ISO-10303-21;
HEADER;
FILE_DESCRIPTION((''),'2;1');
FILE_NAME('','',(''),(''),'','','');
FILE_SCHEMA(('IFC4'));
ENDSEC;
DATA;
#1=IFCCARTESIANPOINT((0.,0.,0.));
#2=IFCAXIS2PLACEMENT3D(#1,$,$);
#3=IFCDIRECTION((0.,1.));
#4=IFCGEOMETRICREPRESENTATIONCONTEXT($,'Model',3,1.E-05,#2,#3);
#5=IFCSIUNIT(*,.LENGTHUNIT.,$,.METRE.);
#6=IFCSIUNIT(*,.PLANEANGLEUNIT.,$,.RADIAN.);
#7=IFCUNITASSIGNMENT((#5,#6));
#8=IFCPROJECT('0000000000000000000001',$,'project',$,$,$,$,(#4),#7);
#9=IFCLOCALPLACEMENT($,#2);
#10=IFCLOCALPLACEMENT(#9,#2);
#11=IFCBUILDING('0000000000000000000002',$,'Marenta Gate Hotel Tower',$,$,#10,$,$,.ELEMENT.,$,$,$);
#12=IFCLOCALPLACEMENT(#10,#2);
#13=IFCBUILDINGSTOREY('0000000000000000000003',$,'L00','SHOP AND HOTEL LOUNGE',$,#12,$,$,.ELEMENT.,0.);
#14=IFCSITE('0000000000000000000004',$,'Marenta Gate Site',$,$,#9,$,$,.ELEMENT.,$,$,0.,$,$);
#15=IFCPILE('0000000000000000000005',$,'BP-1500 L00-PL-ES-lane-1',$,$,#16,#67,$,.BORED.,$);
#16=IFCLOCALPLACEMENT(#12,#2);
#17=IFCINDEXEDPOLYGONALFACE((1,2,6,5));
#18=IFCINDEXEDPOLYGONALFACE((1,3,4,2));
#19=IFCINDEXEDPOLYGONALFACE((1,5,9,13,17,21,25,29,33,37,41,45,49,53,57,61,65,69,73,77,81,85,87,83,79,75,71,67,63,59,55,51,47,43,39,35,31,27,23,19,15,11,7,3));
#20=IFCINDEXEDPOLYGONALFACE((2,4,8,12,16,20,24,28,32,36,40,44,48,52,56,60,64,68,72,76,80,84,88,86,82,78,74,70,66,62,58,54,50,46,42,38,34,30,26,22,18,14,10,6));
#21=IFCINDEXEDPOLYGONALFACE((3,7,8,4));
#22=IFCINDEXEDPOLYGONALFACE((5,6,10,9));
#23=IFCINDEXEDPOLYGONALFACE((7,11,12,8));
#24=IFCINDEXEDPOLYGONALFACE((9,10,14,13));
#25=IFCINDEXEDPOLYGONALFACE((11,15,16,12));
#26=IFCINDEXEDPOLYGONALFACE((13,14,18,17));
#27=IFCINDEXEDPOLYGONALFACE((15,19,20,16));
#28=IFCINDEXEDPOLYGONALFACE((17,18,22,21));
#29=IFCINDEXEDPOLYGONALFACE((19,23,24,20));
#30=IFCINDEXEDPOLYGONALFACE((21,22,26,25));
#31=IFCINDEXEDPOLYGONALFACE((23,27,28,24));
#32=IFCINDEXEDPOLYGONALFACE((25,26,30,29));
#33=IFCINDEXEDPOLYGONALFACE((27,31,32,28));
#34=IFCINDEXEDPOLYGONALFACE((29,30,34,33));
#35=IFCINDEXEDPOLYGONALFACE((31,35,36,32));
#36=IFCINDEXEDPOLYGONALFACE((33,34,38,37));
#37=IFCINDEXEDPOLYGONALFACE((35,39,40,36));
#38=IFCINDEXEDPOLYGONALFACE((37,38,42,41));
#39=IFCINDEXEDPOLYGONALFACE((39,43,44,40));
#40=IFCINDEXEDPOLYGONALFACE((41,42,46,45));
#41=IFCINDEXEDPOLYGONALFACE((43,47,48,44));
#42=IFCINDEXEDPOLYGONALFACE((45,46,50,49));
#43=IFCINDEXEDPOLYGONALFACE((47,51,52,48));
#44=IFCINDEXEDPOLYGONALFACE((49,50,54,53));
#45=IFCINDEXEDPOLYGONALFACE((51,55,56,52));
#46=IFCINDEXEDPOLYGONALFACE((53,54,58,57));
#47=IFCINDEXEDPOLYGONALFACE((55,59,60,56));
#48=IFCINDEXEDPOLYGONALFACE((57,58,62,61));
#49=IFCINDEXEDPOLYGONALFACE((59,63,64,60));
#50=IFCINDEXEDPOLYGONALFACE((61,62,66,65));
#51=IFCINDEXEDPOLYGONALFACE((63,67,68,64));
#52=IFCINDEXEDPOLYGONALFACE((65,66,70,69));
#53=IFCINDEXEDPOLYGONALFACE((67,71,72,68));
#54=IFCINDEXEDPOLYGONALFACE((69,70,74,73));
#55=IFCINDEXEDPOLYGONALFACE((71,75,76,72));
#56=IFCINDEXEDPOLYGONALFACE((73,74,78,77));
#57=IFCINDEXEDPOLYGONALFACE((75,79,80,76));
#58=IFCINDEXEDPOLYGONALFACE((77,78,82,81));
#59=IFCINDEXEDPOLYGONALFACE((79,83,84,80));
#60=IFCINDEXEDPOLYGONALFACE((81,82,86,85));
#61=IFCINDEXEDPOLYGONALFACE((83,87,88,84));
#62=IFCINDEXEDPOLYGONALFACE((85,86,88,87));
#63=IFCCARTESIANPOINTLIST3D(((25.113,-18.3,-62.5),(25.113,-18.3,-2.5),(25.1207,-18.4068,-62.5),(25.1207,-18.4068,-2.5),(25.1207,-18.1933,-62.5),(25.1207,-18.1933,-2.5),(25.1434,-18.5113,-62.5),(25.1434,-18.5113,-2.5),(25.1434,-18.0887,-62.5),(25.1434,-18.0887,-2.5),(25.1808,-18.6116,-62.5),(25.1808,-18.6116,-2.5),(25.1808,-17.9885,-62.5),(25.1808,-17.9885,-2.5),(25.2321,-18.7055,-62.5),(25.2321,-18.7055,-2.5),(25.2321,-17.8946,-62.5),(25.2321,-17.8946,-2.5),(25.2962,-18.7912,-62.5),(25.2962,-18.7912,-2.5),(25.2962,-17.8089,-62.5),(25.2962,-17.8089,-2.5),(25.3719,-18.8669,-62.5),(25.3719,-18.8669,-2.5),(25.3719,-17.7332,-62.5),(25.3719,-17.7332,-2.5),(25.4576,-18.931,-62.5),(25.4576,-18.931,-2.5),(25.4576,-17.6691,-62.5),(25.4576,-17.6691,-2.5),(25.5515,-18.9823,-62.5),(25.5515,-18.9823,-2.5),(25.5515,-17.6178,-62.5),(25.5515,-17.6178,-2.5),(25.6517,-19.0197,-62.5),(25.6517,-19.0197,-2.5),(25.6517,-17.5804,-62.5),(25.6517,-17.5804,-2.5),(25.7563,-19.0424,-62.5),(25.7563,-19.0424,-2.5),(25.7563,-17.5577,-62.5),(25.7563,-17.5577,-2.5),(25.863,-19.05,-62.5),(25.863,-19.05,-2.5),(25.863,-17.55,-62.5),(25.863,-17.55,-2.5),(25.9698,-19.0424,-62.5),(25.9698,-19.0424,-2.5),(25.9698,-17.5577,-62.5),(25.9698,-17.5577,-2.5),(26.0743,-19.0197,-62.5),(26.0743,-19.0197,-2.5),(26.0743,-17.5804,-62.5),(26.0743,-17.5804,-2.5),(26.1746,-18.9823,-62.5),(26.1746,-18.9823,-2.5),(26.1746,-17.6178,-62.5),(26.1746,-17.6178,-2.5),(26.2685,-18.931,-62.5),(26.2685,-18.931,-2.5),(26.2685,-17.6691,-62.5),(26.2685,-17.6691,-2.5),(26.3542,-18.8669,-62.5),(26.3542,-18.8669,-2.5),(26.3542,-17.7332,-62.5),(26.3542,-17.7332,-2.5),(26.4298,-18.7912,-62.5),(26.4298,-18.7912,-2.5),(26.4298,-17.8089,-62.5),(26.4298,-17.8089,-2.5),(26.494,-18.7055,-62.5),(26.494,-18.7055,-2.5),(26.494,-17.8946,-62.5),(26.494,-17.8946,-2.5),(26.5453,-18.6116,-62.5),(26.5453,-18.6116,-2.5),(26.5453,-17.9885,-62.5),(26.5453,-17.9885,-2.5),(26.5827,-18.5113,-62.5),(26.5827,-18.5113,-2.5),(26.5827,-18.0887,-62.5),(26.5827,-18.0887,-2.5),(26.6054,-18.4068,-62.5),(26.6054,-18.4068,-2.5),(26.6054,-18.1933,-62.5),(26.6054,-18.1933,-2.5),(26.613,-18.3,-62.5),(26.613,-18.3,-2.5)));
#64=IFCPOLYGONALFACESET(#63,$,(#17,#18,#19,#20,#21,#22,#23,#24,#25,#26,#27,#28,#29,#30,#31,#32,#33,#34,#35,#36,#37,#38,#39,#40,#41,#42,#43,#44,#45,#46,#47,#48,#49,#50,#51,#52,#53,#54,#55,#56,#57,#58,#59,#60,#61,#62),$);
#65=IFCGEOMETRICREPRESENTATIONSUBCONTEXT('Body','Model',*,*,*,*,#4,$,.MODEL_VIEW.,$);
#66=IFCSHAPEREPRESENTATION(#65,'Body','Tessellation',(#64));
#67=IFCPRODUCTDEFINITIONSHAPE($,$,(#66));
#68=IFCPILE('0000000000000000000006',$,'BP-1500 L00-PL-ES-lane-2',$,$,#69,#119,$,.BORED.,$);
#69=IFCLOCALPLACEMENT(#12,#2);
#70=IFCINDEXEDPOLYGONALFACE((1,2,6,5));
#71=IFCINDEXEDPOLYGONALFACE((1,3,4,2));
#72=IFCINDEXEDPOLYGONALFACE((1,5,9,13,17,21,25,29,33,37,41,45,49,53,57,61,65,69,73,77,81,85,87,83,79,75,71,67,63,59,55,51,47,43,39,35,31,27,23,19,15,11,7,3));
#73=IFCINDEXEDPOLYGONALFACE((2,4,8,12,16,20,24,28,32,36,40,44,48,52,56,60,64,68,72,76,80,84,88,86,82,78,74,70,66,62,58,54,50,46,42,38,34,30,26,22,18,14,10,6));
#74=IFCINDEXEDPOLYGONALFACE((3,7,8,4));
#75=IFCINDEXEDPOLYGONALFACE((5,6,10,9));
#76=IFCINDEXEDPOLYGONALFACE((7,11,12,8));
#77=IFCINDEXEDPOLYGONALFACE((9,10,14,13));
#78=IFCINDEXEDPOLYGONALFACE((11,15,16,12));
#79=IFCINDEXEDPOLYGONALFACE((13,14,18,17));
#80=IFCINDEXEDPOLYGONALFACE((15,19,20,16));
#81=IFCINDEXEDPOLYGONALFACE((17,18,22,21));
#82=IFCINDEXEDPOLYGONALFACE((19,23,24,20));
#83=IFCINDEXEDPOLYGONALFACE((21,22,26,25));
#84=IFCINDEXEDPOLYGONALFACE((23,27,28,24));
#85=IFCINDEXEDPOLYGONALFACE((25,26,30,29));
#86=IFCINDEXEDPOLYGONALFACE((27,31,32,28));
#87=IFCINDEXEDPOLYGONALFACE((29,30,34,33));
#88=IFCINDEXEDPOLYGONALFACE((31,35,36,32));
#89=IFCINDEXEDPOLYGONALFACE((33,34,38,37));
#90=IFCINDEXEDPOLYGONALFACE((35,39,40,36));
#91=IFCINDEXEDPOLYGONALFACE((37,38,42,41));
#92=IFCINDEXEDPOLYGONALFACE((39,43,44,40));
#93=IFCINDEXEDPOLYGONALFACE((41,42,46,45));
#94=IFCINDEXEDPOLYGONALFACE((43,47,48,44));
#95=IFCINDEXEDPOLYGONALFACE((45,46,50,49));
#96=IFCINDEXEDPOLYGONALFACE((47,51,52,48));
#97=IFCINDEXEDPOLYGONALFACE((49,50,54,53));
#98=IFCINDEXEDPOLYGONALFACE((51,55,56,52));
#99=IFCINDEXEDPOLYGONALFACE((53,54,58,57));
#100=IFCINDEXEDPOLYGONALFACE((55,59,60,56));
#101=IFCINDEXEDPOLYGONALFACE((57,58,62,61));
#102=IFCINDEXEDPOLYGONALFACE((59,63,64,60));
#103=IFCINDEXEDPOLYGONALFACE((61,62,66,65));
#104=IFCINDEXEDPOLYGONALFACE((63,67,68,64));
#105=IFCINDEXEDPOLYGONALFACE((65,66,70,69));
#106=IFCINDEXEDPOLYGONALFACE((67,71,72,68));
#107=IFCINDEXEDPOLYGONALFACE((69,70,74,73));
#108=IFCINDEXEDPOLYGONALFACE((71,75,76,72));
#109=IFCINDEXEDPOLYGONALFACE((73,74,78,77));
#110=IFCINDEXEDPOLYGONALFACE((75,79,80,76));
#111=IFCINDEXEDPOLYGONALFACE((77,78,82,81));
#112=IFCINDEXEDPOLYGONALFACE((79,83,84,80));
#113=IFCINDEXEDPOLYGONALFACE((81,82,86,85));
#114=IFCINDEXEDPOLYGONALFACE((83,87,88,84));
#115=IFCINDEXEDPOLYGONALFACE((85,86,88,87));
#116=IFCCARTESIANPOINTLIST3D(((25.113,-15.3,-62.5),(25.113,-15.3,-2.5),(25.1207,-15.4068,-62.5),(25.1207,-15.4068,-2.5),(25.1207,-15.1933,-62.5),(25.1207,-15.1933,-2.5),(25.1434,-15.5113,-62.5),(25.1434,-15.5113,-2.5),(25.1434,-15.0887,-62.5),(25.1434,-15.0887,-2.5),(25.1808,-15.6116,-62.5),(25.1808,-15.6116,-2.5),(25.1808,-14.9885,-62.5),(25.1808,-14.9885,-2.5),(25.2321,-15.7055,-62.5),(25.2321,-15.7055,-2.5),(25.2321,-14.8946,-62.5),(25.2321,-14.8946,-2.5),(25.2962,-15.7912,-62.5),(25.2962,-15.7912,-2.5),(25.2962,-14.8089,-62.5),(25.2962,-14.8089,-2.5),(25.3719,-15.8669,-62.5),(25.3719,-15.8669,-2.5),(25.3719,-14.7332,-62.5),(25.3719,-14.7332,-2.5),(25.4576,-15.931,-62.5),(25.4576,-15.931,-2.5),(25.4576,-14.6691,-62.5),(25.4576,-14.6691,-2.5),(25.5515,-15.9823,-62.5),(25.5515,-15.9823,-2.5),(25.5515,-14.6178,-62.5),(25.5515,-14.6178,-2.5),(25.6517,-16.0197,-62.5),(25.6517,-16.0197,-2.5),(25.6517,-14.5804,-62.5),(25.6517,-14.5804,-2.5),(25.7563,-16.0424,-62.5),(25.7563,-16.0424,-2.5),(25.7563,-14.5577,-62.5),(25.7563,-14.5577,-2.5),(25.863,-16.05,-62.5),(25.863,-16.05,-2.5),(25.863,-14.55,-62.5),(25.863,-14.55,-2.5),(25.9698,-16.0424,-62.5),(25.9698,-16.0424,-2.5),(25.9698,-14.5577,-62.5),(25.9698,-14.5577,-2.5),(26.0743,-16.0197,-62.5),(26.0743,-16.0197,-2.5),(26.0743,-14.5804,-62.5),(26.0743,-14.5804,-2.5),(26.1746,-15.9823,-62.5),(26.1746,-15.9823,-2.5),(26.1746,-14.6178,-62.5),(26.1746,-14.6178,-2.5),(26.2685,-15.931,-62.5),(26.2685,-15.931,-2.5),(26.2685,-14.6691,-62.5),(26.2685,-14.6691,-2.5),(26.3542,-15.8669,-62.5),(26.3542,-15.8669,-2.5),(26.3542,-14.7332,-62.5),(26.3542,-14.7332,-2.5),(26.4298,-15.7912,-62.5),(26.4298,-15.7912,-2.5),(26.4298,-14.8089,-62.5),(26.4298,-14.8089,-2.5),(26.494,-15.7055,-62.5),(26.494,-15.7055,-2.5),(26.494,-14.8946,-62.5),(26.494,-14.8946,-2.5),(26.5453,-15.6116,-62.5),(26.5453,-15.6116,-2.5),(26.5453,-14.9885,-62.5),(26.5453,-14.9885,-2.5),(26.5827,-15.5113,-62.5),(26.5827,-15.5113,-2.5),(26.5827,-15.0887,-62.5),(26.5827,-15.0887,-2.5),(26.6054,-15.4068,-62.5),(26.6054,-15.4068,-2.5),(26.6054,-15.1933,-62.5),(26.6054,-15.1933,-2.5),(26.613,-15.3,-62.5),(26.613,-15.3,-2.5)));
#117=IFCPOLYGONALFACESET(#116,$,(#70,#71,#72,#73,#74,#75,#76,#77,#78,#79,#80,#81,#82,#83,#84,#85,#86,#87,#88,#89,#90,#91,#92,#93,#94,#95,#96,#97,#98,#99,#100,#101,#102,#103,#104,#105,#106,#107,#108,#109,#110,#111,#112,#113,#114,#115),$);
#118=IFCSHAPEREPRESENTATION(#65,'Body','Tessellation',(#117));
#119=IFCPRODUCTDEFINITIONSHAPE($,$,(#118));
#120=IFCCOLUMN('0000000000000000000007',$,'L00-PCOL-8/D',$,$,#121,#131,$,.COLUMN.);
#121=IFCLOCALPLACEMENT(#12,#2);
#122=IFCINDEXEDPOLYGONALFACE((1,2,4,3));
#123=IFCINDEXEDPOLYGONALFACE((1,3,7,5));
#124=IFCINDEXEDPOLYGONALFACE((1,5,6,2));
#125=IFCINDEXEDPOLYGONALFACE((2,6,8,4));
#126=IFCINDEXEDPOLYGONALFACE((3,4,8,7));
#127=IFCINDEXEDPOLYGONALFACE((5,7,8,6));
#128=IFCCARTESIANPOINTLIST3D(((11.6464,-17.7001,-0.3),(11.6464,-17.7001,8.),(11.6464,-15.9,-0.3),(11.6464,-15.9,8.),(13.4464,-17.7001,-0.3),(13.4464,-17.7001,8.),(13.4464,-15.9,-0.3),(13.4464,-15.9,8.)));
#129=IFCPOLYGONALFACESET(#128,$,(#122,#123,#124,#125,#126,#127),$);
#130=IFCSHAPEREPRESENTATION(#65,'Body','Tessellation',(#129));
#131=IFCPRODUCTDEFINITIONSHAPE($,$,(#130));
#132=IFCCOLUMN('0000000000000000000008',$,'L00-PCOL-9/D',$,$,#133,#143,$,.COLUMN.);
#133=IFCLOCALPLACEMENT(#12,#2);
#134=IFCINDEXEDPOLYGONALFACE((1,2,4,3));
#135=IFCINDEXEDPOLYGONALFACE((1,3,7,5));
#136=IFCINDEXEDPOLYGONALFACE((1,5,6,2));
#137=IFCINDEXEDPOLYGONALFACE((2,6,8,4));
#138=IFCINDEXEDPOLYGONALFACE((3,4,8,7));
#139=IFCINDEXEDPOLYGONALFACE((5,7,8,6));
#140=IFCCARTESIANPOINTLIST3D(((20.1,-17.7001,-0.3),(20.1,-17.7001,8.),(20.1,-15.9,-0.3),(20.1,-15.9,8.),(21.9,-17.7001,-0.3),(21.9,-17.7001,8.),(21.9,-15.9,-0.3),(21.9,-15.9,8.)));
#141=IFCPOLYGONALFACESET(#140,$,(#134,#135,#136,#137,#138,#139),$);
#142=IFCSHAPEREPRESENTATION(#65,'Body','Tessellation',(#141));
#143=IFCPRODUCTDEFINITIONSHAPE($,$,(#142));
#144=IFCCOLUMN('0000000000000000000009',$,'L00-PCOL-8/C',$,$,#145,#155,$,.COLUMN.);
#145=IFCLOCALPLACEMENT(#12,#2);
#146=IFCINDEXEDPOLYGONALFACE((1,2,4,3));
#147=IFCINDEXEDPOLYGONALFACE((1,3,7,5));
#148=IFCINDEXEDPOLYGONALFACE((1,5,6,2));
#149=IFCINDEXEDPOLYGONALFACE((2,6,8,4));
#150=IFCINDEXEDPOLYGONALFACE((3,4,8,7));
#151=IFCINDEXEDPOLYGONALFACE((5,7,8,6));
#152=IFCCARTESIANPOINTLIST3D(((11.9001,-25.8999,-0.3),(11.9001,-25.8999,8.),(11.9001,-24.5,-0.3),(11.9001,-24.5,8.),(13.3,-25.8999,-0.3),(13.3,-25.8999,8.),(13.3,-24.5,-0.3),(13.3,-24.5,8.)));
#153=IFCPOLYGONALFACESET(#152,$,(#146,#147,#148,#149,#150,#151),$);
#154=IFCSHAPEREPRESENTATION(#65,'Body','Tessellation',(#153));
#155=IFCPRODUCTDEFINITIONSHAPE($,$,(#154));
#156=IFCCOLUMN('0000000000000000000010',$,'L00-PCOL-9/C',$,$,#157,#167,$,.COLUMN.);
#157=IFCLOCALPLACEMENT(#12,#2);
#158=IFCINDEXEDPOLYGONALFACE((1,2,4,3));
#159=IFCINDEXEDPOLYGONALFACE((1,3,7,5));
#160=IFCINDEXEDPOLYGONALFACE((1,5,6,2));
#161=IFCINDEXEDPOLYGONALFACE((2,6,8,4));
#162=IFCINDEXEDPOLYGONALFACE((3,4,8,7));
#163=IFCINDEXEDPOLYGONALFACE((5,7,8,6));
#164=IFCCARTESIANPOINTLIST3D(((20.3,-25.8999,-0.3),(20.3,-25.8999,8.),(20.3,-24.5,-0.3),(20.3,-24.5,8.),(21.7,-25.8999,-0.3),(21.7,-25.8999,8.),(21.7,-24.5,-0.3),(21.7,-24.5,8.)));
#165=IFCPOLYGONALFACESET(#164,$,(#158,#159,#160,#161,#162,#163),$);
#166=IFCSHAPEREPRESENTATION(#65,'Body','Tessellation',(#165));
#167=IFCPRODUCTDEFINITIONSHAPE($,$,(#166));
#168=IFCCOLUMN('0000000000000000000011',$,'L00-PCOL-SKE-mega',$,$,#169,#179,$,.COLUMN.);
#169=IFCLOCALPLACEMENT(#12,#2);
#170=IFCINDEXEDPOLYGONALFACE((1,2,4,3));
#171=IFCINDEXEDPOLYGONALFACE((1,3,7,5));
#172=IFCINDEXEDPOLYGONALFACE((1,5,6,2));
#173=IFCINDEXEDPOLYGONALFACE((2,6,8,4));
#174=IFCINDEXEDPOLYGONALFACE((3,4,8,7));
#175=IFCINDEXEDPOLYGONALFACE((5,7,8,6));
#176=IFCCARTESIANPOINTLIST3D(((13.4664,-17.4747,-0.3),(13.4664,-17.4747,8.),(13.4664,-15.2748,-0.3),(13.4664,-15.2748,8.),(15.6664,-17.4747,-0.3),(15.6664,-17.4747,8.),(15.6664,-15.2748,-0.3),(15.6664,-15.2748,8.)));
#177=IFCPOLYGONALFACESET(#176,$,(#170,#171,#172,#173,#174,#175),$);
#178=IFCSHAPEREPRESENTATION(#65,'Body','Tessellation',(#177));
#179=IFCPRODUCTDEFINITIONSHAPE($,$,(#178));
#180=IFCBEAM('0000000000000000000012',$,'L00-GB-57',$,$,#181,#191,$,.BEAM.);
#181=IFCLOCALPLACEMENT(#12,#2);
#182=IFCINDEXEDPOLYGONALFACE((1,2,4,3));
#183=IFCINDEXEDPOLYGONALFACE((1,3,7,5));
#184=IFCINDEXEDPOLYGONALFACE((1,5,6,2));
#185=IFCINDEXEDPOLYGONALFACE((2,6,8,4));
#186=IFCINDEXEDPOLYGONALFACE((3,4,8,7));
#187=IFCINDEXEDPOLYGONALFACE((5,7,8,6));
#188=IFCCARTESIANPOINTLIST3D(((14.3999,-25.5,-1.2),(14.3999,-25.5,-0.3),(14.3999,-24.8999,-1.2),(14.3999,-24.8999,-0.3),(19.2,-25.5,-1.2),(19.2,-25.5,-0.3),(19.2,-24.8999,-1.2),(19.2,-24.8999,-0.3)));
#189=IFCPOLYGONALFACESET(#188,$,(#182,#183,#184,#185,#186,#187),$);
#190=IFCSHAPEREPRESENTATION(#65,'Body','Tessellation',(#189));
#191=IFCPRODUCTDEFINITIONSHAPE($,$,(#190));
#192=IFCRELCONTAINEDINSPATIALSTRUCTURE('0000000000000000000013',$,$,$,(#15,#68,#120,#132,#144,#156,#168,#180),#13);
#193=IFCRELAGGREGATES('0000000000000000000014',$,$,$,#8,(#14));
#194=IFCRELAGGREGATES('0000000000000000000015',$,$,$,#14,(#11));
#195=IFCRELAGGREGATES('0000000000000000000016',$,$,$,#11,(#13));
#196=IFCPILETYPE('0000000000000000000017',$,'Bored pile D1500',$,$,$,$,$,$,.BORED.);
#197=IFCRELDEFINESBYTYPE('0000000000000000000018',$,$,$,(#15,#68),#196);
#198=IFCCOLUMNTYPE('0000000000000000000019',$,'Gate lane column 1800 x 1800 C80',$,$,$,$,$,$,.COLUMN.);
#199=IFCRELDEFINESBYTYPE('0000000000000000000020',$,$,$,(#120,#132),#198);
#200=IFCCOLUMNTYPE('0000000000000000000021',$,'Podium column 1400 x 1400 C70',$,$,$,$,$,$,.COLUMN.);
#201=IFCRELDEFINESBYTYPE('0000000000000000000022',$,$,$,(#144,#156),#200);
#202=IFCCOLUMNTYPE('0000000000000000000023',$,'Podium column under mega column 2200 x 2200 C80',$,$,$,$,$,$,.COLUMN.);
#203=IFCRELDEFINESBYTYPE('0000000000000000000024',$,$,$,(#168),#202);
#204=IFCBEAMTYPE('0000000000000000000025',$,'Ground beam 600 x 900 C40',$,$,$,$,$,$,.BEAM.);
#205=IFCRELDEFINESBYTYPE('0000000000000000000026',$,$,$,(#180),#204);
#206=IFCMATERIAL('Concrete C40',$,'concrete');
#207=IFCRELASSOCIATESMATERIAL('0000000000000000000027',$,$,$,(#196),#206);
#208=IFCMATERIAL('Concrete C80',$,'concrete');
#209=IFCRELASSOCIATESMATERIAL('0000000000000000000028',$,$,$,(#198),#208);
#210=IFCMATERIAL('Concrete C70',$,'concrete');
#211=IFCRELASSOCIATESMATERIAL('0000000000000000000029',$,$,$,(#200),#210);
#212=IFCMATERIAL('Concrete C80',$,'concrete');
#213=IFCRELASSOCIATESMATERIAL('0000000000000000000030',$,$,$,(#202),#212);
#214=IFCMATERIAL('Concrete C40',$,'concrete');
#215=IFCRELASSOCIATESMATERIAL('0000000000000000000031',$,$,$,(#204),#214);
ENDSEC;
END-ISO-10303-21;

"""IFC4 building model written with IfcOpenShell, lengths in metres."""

from ifc_helpers import new_model, si_unit, direction, frame, origin, origin_2d, place, context, subcontext, project, spatial, rectangle, circle, extrude, material, material_profile, profile_set, type_object, element, save


model = new_model("IFC4")

# Units and contexts
model_context = context("Model", 3, precision=1e-05, world=origin(), true_north=direction((0.0, 1.0)))
body_context = subcontext(model_context, "Body", "Model", "MODEL_VIEW")
ifc_project = project(units=[si_unit("LENGTHUNIT", "METRE"), si_unit("PLANEANGLEUNIT", "RADIAN")], contexts=[model_context])

# Site, building, storey
site_placement = place(None, origin())
site = spatial("IfcSite", under=ifc_project, at=site_placement, Name="Marenta Gate Site", CompositionType="ELEMENT", RefElevation=0.0)
building_placement = place(site_placement, origin())
building = spatial("IfcBuilding", under=site, at=building_placement, Name="Marenta Gate Hotel Tower", CompositionType="ELEMENT")
storey_placement = place(building_placement, origin())
storey = spatial("IfcBuildingStorey", under=building, at=storey_placement, Name="L00", Description="SHOP AND HOTEL LOUNGE", CompositionType="ELEMENT", Elevation=0.0)

# Piles
ifc_material_1 = material(Name="Concrete C40", Category="concrete")
pile_type = type_object("IfcPileType", Name="Bored pile D1500", PredefinedType="BORED", material=ifc_material_1)
for number, where, z_axis, x_axis, name in (
    (1, (25.863, -18.3, -2.5), (0.0, 0.0, -1.0), (1.0, 0.0, 0.0), "BP-1500 L00-PL-ES-lane-1"),
    (2, (25.863, -15.3, -2.5), (0.0, 0.0, -1.0), (1.0, 0.0, 0.0), "BP-1500 L00-PL-ES-lane-2"),
):
    element("IfcPile", number, at=place(storey_placement, frame(where, z_axis=z_axis, x_axis=x_axis)), inside=storey, type_object=pile_type, Name=name, PredefinedType="BORED", context=body_context, shape_type="SweptSolid", body=[
        extrude(circle(Radius=0.75, at=origin_2d()), origin(), (0.0, 0.0, 1.0), 60.0),
    ])

# Columns
ifc_material_2 = material(Name="Concrete C80", Category="concrete")
ifc_material_profile_1 = material_profile(ifc_material_2, rectangle(XDim=1.8, YDim=1.8, at=origin_2d()), Name="1800 x 1800")
ifc_profile_set_1 = profile_set([ifc_material_profile_1], Name="Concrete C80")
column_type_1 = type_object("IfcColumnType", Name="Gate lane column 1800 x 1800 C80", PredefinedType="COLUMN", material=ifc_profile_set_1)
for number, where, z_axis, x_axis, name in (
    (3, (12.5464, -16.8, -0.3), (0.0, 0.0, 1.0), (1.0, 0.0, 0.0), "L00-PCOL-8/D"),
    (4, (21.0, -16.8, -0.3), (0.0, 0.0, 1.0), (1.0, 0.0, 0.0), "L00-PCOL-9/D"),
):
    element("IfcColumn", number, at=place(storey_placement, frame(where, z_axis=z_axis, x_axis=x_axis)), inside=storey, type_object=column_type_1, Name=name, PredefinedType="COLUMN", context=body_context, shape_type="SweptSolid", body=[
        extrude(rectangle(XDim=1.8, YDim=1.8, at=origin_2d()), origin(), (0.0, 0.0, 1.0), 8.3),
    ])
ifc_material_3 = material(Name="Concrete C70", Category="concrete")
ifc_material_profile_2 = material_profile(ifc_material_3, rectangle(XDim=1.3999, YDim=1.3999, at=origin_2d()), Name="1400 x 1400")
ifc_profile_set_2 = profile_set([ifc_material_profile_2], Name="Concrete C70")
column_type_2 = type_object("IfcColumnType", Name="Podium column 1400 x 1400 C70", PredefinedType="COLUMN", material=ifc_profile_set_2)
for number, where, z_axis, x_axis, name in (
    (5, (12.6001, -25.2, -0.3), (0.0, 0.0, 1.0), (1.0, 0.0, 0.0), "L00-PCOL-8/C"),
    (6, (21.0, -25.2, -0.3), (0.0, 0.0, 1.0), (1.0, 0.0, 0.0), "L00-PCOL-9/C"),
):
    element("IfcColumn", number, at=place(storey_placement, frame(where, z_axis=z_axis, x_axis=x_axis)), inside=storey, type_object=column_type_2, Name=name, PredefinedType="COLUMN", context=body_context, shape_type="SweptSolid", body=[
        extrude(rectangle(XDim=1.3999, YDim=1.3999, at=origin_2d()), origin(), (0.0, 0.0, 1.0), 8.3),
    ])
ifc_material_4 = material(Name="Concrete C80", Category="concrete")
ifc_material_profile_3 = material_profile(ifc_material_4, rectangle(XDim=2.2, YDim=2.2, at=origin_2d()), Name="2200 x 2200")
ifc_profile_set_3 = profile_set([ifc_material_profile_3], Name="Concrete C80")
column_type_3 = type_object("IfcColumnType", Name="Podium column under mega column 2200 x 2200 C80", PredefinedType="COLUMN", material=ifc_profile_set_3)
column_placement = place(storey_placement, frame((14.5664, -16.3748, -0.3), z_axis=(0.0, 0.0, 1.0), x_axis=(1.0, 0.0, 0.0)))
element("IfcColumn", 7, at=column_placement, inside=storey, type_object=column_type_3, Name="L00-PCOL-SKE-mega", PredefinedType="COLUMN", context=body_context, shape_type="SweptSolid", body=[
    extrude(rectangle(XDim=2.2, YDim=2.2, at=origin_2d()), origin(), (0.0, 0.0, 1.0), 8.3),
])

# Beam
ifc_material_5 = material(Name="Concrete C40", Category="concrete")
ifc_material_profile_4 = material_profile(ifc_material_5, rectangle(XDim=0.6001, YDim=0.8999, at=origin_2d()), Name="600 x 900")
ifc_profile_set_4 = profile_set([ifc_material_profile_4], Name="Concrete C40")
beam_type = type_object("IfcBeamType", Name="Ground beam 600 x 900 C40", PredefinedType="BEAM", material=ifc_profile_set_4)
beam_1_placement = place(storey_placement, frame((14.3999, -25.2, -0.75), z_axis=(1.0, 0.0, 0.0), x_axis=(0.0, 1.0, 0.0)))
element("IfcBeam", 8, at=beam_1_placement, inside=storey, type_object=beam_type, Name="L00-GB-57", PredefinedType="BEAM", context=body_context, shape_type="SweptSolid", body=[
    extrude(rectangle(XDim=0.6001, YDim=0.8999, at=origin_2d()), origin(), (0.0, 0.0, 1.0), 4.8),
])

save(model, "model.ifc")
